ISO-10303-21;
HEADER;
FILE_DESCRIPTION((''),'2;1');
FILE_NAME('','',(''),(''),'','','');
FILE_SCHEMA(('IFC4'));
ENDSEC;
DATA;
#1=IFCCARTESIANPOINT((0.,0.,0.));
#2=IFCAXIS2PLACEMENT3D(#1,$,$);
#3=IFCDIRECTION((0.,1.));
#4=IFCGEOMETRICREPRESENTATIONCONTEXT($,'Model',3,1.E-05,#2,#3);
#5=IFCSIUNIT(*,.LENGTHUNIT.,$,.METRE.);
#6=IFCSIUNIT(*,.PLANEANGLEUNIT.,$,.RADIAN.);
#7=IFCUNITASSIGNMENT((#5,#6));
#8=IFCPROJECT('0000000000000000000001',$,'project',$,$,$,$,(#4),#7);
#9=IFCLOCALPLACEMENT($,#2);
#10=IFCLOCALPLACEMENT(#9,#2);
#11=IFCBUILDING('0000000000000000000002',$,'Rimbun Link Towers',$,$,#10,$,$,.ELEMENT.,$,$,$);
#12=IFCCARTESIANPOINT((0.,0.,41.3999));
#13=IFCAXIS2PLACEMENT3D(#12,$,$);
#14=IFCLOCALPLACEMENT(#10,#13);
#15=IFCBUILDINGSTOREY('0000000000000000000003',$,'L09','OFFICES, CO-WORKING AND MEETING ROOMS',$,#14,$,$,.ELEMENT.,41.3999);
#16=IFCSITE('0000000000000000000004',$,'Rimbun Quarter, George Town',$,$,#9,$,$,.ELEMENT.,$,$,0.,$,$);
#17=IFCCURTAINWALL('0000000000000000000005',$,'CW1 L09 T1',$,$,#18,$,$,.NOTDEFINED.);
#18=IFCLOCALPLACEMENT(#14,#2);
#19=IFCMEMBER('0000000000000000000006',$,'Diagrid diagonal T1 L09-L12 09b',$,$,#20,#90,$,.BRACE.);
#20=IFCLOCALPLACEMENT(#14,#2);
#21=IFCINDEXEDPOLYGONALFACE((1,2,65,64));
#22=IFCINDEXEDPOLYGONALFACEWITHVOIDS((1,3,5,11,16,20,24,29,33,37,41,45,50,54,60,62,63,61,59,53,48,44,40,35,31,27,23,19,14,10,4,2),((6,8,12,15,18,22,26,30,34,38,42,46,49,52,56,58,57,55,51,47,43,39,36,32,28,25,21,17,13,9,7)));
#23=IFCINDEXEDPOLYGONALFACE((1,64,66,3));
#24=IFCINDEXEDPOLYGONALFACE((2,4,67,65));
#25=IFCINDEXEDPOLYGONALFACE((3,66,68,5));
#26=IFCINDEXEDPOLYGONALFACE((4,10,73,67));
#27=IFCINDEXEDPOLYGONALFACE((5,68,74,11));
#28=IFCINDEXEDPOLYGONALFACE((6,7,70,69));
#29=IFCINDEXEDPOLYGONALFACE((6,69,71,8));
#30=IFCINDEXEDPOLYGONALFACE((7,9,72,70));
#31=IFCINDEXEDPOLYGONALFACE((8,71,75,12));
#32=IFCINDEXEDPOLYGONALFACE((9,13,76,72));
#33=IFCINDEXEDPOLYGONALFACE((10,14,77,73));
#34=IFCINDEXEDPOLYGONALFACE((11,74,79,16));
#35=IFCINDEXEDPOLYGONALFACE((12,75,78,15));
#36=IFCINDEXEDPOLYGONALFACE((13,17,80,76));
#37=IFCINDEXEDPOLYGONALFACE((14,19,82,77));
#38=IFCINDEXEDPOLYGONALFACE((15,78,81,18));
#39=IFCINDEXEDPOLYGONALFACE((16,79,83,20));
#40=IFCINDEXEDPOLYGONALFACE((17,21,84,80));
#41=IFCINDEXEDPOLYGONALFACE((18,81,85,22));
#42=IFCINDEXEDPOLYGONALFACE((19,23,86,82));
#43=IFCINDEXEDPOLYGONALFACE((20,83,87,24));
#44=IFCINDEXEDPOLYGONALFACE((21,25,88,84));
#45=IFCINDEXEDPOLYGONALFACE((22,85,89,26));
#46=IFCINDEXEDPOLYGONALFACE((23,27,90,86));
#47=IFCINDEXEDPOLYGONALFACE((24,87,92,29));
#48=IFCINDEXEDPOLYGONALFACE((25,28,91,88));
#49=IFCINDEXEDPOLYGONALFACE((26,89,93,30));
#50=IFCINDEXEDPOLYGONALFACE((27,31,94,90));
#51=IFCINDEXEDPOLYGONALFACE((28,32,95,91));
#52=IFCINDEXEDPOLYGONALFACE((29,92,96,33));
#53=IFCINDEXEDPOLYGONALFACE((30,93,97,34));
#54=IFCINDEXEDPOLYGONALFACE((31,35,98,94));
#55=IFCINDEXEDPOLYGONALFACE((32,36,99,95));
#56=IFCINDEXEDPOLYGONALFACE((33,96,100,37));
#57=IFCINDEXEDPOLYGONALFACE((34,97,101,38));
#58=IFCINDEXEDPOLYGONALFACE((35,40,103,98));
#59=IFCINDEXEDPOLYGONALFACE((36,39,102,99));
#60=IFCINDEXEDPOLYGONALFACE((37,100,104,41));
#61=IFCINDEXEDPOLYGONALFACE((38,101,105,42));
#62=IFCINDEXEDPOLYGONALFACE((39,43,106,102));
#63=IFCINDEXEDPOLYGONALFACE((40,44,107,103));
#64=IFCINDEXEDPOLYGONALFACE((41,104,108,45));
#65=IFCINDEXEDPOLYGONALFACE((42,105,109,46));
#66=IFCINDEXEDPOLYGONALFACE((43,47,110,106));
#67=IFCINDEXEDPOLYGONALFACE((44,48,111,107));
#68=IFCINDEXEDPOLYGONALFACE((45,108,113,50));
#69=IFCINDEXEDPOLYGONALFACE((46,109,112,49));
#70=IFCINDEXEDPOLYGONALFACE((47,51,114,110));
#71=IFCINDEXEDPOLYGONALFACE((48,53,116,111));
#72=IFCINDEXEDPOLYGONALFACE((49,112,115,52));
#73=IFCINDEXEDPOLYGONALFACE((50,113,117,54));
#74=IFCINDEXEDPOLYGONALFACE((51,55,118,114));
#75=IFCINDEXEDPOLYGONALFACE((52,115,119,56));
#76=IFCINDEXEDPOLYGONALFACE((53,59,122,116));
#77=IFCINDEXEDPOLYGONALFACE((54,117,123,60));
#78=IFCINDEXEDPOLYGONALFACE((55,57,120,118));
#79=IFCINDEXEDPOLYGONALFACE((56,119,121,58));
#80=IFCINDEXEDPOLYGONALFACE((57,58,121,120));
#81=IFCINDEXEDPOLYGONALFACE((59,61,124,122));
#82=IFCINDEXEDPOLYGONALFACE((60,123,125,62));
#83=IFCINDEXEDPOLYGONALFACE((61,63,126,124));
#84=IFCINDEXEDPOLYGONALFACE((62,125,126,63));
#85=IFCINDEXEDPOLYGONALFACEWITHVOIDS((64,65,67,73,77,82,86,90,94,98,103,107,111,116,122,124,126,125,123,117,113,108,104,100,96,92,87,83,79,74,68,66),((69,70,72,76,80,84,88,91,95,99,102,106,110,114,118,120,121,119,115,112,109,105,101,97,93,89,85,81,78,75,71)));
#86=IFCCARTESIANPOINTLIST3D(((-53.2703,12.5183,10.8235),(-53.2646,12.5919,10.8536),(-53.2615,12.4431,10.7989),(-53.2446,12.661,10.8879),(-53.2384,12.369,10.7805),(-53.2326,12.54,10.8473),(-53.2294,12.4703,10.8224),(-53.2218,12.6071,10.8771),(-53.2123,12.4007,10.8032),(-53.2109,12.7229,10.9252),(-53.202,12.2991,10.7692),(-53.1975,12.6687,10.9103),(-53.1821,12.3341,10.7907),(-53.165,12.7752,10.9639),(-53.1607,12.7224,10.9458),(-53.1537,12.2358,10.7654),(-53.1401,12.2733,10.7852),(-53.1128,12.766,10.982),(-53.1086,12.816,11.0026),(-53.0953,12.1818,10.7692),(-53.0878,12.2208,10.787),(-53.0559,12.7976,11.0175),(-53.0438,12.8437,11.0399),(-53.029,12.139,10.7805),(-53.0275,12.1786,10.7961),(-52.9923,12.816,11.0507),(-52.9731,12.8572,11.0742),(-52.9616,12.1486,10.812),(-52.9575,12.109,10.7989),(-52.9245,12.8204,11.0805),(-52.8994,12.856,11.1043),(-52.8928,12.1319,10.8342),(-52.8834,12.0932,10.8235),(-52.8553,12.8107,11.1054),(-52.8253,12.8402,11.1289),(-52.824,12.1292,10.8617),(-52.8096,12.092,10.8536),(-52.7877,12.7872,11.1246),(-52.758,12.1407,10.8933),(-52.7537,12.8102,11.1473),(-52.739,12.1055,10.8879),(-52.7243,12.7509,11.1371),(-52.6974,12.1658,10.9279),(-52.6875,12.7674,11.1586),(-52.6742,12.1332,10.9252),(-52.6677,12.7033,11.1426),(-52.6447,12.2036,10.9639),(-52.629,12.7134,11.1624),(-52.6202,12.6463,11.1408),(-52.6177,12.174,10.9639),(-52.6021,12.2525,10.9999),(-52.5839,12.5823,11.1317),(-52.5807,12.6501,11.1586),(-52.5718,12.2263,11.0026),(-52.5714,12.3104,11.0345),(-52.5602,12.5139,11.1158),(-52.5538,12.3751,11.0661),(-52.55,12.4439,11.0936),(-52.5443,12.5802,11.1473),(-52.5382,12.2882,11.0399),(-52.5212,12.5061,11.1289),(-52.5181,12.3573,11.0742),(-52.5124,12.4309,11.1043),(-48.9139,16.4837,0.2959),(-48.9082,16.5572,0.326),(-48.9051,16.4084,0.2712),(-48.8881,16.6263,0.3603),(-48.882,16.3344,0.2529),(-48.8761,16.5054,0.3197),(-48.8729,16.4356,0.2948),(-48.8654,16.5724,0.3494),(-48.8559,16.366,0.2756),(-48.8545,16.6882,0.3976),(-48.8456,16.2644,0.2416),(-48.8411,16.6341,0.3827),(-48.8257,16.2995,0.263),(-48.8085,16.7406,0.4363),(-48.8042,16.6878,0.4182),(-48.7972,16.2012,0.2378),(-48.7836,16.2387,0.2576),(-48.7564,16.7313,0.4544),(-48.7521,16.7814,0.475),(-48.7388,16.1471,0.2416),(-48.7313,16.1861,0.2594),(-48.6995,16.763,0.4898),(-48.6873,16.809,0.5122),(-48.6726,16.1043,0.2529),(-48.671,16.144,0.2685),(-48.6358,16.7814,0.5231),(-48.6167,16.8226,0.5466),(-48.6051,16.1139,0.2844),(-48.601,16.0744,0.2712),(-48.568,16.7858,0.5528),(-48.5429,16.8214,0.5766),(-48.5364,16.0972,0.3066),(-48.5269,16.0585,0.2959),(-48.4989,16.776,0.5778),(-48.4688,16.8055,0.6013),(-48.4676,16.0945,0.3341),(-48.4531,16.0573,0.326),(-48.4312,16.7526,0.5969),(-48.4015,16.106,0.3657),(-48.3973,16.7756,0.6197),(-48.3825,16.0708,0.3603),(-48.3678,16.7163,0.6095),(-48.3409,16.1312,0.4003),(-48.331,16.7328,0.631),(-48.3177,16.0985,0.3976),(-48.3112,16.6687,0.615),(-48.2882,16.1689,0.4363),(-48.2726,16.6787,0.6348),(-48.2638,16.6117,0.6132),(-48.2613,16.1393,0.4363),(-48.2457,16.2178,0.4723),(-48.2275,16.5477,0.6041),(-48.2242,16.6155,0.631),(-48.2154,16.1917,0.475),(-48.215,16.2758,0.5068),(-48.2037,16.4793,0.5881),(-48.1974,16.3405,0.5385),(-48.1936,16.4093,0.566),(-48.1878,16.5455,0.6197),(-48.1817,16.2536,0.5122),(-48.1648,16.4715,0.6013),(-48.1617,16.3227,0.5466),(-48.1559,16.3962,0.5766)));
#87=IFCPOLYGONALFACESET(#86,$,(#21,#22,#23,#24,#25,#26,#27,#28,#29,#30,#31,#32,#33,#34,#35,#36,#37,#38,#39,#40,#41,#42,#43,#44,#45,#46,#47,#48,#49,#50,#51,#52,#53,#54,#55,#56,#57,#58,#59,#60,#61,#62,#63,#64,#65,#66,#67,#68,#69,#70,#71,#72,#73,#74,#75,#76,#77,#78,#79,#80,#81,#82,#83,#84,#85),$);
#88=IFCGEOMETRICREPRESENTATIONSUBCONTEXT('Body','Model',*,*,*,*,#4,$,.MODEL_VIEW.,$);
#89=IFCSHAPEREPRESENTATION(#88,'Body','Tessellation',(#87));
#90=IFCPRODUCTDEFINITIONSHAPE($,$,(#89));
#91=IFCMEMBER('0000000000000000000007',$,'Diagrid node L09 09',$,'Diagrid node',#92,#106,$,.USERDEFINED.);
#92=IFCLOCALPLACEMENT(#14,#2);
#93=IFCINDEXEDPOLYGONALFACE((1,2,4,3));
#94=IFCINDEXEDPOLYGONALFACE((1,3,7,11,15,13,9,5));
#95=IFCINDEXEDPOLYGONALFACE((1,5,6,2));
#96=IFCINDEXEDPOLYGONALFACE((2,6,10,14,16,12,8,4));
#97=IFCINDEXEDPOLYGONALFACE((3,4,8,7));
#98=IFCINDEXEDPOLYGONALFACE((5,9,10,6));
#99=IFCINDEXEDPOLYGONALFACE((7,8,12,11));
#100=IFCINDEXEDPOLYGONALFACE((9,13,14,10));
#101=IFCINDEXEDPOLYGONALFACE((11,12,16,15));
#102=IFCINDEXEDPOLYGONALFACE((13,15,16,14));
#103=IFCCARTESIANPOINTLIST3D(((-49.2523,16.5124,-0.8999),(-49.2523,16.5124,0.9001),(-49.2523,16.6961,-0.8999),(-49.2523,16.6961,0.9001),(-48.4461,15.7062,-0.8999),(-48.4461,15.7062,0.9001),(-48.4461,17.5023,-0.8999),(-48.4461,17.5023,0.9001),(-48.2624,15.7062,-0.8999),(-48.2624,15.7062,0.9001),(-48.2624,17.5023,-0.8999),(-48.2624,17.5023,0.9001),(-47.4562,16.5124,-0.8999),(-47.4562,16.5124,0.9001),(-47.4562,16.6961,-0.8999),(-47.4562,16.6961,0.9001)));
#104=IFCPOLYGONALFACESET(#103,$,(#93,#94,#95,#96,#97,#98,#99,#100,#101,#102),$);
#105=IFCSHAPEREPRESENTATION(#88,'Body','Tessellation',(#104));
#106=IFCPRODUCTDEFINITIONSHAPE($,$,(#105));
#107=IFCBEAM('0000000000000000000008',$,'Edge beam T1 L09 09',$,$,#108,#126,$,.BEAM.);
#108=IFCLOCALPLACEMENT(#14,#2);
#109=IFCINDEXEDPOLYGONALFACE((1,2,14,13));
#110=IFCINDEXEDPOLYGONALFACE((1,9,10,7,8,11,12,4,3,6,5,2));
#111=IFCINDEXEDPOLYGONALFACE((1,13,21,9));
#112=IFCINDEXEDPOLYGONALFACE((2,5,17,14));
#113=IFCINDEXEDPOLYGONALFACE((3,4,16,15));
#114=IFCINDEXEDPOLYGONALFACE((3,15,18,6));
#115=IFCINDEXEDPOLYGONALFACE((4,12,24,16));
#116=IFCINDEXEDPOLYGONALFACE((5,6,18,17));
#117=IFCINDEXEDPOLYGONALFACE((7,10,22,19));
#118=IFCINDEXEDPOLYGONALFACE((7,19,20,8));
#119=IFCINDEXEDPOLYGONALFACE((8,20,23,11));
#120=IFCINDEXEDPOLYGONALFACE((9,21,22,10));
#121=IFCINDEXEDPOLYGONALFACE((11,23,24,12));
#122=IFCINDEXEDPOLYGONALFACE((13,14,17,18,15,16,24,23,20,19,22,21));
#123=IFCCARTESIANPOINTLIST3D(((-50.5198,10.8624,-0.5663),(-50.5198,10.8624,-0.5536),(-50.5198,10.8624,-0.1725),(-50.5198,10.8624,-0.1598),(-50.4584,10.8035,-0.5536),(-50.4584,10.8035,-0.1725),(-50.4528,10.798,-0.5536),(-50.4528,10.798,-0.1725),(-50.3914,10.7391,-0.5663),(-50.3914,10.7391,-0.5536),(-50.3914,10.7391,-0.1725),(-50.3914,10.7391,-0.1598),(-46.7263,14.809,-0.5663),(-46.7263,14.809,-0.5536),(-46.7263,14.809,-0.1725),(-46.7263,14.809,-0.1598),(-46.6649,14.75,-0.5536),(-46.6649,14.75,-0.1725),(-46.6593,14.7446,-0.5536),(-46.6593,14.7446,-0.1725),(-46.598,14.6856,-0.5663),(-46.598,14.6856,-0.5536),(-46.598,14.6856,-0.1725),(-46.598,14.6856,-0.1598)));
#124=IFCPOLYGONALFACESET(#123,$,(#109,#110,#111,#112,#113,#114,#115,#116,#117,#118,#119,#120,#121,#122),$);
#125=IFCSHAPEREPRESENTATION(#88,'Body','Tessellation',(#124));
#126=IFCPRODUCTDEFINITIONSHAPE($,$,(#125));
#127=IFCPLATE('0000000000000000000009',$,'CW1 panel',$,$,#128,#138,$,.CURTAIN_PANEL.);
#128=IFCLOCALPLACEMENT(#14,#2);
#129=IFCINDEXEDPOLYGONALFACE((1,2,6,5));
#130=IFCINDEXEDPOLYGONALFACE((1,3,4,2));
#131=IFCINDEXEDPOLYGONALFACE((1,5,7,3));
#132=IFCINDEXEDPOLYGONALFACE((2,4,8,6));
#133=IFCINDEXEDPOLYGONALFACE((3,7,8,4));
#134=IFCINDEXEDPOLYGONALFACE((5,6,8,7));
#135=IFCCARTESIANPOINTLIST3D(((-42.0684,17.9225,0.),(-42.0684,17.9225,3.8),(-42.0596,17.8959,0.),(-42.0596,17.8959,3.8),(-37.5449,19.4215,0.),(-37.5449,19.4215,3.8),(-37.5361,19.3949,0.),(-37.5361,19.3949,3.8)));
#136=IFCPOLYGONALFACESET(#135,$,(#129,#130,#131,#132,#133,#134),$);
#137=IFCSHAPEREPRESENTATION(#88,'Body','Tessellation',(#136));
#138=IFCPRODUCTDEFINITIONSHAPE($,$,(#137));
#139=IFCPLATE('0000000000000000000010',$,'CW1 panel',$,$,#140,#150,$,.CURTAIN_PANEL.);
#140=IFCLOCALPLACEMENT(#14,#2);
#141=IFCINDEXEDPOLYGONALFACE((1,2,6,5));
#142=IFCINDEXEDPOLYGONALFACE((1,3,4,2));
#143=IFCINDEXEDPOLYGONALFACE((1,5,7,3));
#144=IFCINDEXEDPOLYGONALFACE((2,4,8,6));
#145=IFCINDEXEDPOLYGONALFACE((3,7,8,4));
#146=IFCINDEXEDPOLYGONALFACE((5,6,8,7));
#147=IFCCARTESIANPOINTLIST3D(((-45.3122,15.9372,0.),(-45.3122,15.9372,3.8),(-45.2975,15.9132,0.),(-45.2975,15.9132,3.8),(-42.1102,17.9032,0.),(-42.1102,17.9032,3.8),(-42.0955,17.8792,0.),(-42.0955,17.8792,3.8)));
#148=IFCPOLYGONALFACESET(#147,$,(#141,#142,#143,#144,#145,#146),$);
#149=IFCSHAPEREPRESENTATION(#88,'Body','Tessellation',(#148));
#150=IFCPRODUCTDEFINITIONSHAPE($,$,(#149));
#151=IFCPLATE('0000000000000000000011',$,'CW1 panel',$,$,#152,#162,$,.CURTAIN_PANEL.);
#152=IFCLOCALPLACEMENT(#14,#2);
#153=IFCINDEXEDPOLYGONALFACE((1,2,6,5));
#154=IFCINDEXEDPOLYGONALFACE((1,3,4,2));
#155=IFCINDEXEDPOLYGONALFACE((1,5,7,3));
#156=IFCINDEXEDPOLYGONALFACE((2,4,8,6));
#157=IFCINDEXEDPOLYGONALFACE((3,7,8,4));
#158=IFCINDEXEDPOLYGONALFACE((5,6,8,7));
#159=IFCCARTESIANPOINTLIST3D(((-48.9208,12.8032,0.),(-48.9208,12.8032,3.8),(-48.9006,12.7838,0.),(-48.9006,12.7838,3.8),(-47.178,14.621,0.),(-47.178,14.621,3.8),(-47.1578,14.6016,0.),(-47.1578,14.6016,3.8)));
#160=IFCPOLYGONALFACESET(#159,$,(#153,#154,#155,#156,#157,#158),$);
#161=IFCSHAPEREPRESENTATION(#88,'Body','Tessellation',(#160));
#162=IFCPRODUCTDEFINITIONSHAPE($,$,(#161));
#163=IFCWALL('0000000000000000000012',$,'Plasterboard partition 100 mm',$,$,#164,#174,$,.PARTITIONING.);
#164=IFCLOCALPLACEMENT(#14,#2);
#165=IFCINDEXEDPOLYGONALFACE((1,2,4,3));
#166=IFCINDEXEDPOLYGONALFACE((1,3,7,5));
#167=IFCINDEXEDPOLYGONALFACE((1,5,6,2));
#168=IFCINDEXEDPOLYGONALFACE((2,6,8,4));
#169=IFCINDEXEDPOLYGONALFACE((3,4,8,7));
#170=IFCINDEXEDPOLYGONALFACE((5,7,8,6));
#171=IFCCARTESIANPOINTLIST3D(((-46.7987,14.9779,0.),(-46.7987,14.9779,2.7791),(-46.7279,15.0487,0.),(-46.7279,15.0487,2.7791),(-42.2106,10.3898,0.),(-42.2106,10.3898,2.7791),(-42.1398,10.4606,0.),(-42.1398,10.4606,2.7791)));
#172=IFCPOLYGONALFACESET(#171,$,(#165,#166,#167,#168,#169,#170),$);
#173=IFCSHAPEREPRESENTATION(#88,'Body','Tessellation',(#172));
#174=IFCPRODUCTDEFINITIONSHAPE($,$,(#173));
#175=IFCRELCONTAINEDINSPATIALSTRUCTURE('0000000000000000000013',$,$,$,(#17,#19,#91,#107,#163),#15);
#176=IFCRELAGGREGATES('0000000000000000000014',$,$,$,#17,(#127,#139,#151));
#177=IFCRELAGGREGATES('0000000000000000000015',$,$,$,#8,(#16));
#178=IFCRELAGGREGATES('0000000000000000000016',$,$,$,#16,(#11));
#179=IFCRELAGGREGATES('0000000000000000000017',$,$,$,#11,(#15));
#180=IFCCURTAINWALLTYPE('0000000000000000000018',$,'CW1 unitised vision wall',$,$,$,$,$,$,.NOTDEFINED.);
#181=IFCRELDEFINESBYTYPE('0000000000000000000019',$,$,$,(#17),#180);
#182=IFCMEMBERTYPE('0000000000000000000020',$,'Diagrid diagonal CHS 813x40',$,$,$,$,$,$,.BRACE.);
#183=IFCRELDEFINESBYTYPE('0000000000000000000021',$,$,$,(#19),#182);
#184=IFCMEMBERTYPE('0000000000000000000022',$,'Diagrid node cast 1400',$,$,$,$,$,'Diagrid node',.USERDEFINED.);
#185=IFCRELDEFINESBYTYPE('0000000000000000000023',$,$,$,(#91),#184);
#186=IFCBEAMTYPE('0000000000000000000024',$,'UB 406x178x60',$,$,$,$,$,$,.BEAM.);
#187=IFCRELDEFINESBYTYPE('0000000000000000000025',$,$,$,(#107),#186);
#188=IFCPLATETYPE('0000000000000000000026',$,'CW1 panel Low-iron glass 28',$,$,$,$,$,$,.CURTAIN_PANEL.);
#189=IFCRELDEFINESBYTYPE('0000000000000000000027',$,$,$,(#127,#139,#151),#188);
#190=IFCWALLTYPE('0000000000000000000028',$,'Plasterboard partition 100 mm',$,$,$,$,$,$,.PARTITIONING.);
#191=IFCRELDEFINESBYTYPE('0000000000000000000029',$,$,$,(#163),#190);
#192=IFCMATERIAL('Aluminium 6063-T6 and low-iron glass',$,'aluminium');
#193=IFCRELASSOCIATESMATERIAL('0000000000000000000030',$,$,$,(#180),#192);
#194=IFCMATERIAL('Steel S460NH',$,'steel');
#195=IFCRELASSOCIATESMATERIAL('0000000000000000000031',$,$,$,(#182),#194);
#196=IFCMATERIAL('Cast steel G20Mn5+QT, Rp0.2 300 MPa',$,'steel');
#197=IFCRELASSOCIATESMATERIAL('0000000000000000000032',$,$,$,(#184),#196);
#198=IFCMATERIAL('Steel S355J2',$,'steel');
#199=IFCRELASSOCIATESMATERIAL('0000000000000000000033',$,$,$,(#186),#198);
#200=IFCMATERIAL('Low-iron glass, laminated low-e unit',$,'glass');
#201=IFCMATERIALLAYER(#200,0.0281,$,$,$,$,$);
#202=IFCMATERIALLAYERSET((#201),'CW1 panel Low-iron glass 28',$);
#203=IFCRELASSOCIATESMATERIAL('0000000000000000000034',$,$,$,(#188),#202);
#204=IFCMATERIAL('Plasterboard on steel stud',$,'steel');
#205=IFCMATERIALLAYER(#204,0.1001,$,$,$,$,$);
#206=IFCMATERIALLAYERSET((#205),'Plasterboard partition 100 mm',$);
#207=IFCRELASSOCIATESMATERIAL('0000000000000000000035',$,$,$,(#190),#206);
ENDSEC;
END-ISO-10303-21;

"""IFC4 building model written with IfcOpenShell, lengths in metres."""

from ifc_helpers import new_model, si_unit, direction, frame, frame_2d, origin, origin_2d, place, context, subcontext, project, spatial, polyline, rectangle, hollow_circle, i_section, outline, extrude, material, layer, layer_set, material_profile, profile_set, type_object, element, aggregate, save


model = new_model("IFC4")

# Units and contexts
model_context = context("Model", 3, precision=1e-05, world=origin(), true_north=direction((0.0, 1.0)))
body_context = subcontext(model_context, "Body", "Model", "MODEL_VIEW")
ifc_project = project(units=[si_unit("LENGTHUNIT", "METRE"), si_unit("PLANEANGLEUNIT", "RADIAN")], contexts=[model_context])

# Site, building, storey
site_placement = place(None, origin())
site = spatial("IfcSite", under=ifc_project, at=site_placement, Name="Rimbun Quarter, George Town", CompositionType="ELEMENT", RefElevation=0.0)
building_placement = place(site_placement, origin())
building = spatial("IfcBuilding", under=site, at=building_placement, Name="Rimbun Link Towers", CompositionType="ELEMENT")
storey_placement = place(building_placement, frame((0.0, 0.0, 41.3999)))
storey = spatial("IfcBuildingStorey", under=building, at=storey_placement, Name="L09", Description="OFFICES, CO-WORKING AND MEETING ROOMS", CompositionType="ELEMENT", Elevation=41.3999)

# Curtain wall
ifc_material_1 = material(Name="Aluminium 6063-T6 and low-iron glass", Category="aluminium")
curtain_wall_type = type_object("IfcCurtainWallType", Name="CW1 unitised vision wall", PredefinedType="NOTDEFINED", material=ifc_material_1)
curtain_wall_placement = place(storey_placement, origin())
curtain_wall = element("IfcCurtainWall", 1, at=curtain_wall_placement, inside=storey, type_object=curtain_wall_type, Name="CW1 L09 T1", PredefinedType="NOTDEFINED")

# Members
ifc_material_2 = material(Name="Steel S460NH", Category="steel")
ifc_material_profile_1 = material_profile(ifc_material_2, hollow_circle(Radius=0.4065, WallThickness=0.04, at=origin_2d()), Name="Diagrid diagonal CHS 813x40")
ifc_profile_set_1 = profile_set([ifc_material_profile_1], Name="Steel S460NH")
member_type_1 = type_object("IfcMemberType", Name="Diagrid diagonal CHS 813x40", PredefinedType="BRACE", material=ifc_profile_set_1)
member_1_placement = place(storey_placement, frame((-48.5349, 16.4399, 0.4363), z_axis=(-0.361121, -0.3287, 0.872667), x_axis=(0.673131, -0.739524, 0.0)))
element("IfcMember", 2, at=member_1_placement, inside=storey, type_object=member_type_1, Name="Diagrid diagonal T1 L09-L12 09b", PredefinedType="BRACE", context=body_context, shape_type="SweptSolid", body=[
    extrude(hollow_circle(Radius=0.4065, WallThickness=0.04, at=origin_2d()), origin(), (0.0, 0.0, 1.0), 12.0637),
])
ifc_material_3 = material(Name="Cast steel G20Mn5+QT, Rp0.2 300 MPa", Category="steel")
ifc_material_profile_2 = material_profile(ifc_material_3, outline(polyline([(0.7, -0.5701), (0.7, 0.5701), (0.5701, 0.7), (-0.5701, 0.7), (-0.7, 0.5701), (-0.7, -0.5701), (-0.5701, -0.7), (0.5701, -0.7), (0.7, -0.5701)])), Name="NODE 1400x1400")
ifc_profile_set_2 = profile_set([ifc_material_profile_2], Name="Cast steel G20Mn5+QT, Rp0.2 300 MPa")
member_type_2 = type_object("IfcMemberType", Name="Diagrid node cast 1400", ElementType="Diagrid node", PredefinedType="USERDEFINED", material=ifc_profile_set_2)
member_2_placement = place(storey_placement, frame((-48.3542, 16.6042, -0.8999), z_axis=(0.0, 0.0, 1.0), x_axis=(-0.707107, 0.707107, 0.0)))
element("IfcMember", 3, at=member_2_placement, inside=storey, type_object=member_type_2, Name="Diagrid node L09 09", ObjectType="Diagrid node", PredefinedType="USERDEFINED", context=body_context, shape_type="SweptSolid", body=[
    extrude(outline(polyline([(0.7, -0.5701), (0.7, 0.5701), (0.5701, 0.7), (-0.5701, 0.7), (-0.7, 0.5701), (-0.7, -0.5701), (-0.5701, -0.7), (0.5701, -0.7), (0.7, -0.5701)])), origin(), (0.0, 0.0, 1.0), 1.8),
])

# Beam
ifc_material_4 = material(Name="Steel S355J2", Category="steel")
ifc_material_profile_3 = material_profile(ifc_material_4, i_section(OverallWidth=0.178, OverallDepth=0.4065, WebThickness=0.0078, FlangeThickness=0.0127, at=origin_2d()), Name="UB 406x178x60")
ifc_profile_set_3 = profile_set([ifc_material_profile_3], Name="Steel S355J2")
beam_type = type_object("IfcBeamType", Name="UB 406x178x60", PredefinedType="BEAM", material=ifc_profile_set_3)
beam_placement = place(storey_placement, frame((-46.6621, 14.7473, -0.363), z_axis=(-0.692987, -0.72095, 0.0), x_axis=(0.72095, -0.692987, 0.0)))
element("IfcBeam", 4, at=beam_placement, inside=storey, type_object=beam_type, Name="Edge beam T1 L09 09", PredefinedType="BEAM", context=body_context, shape_type="SweptSolid", body=[
    extrude(i_section(OverallWidth=0.178, OverallDepth=0.4065, WebThickness=0.0078, FlangeThickness=0.0127, at=origin_2d()), origin(), (0.0, 0.0, 1.0), 5.4741),
])

# Plates
ifc_material_5 = material(Name="Low-iron glass, laminated low-e unit", Category="glass")
ifc_layer_1 = layer(ifc_material_5, 0.0281)
ifc_layer_set_1 = layer_set([ifc_layer_1], Name="CW1 panel Low-iron glass 28")
plate_type = type_object("IfcPlateType", Name="CW1 panel Low-iron glass 28", PredefinedType="CURTAIN_PANEL", material=ifc_layer_set_1)
plate_1_placement = place(storey_placement, frame((-39.8022, 18.6587, 0.0), z_axis=(0.0, 0.0, 1.0), x_axis=(0.949238, 0.314558, 0.0)))
plate_1 = element("IfcPlate", 5, at=plate_1_placement, type_object=plate_type, Name="CW1 panel", PredefinedType="CURTAIN_PANEL", context=body_context, shape_type="SweptSolid", body=[
    extrude(rectangle(XDim=4.7654, YDim=0.0281, at=origin_2d()), origin(), (0.0, 0.0, 1.0), 3.8),
])
plate_2_placement = place(storey_placement, frame((-43.7039, 16.9082, 0.0), z_axis=(0.0, 0.0, 1.0), x_axis=(0.852185, 0.523241, 0.0)))
plate_2 = element("IfcPlate", 6, at=plate_2_placement, type_object=plate_type, Name="CW1 panel", PredefinedType="CURTAIN_PANEL", context=body_context, shape_type="SweptSolid", body=[
    extrude(rectangle(XDim=3.7573, YDim=0.0281, at=origin_2d()), origin(), (0.0, 0.0, 1.0), 3.8),
])
plate_3_placement = place(storey_placement, frame((-48.0393, 13.7024, 0.0), z_axis=(0.0, 0.0, 1.0), x_axis=(0.692052, 0.721848, 0.0)))
plate_3 = element("IfcPlate", 7, at=plate_3_placement, type_object=plate_type, Name="CW1 panel", PredefinedType="CURTAIN_PANEL", context=body_context, shape_type="SweptSolid", body=[
    extrude(rectangle(XDim=2.5183, YDim=0.0281, at=origin_2d()), origin(), (0.0, 0.0, 1.0), 3.8),
])
aggregate(curtain_wall, [plate_1, plate_2, plate_3])

# Wall
ifc_material_6 = material(Name="Plasterboard on steel stud", Category="steel")
ifc_layer_2 = layer(ifc_material_6, 0.1001)
ifc_layer_set_2 = layer_set([ifc_layer_2], Name="Plasterboard partition 100 mm")
wall_type = type_object("IfcWallType", Name="Plasterboard partition 100 mm", PredefinedType="PARTITIONING", material=ifc_layer_set_2)
wall_placement = place(storey_placement, frame((-46.7632, 15.0132, 0.0), z_axis=(0.0, 0.0, 1.0), x_axis=(0.707107, -0.707107, 0.0)))
element("IfcWall", 8, at=wall_placement, inside=storey, type_object=wall_type, Name="Plasterboard partition 100 mm", PredefinedType="PARTITIONING", context=body_context, shape_type="SweptSolid", body=[
    extrude(rectangle(XDim=6.4885, YDim=0.1001, at=frame_2d((3.2441, 0.0))), origin(), (0.0, 0.0, 1.0), 2.7791),
])

save(model, "model.ifc")
